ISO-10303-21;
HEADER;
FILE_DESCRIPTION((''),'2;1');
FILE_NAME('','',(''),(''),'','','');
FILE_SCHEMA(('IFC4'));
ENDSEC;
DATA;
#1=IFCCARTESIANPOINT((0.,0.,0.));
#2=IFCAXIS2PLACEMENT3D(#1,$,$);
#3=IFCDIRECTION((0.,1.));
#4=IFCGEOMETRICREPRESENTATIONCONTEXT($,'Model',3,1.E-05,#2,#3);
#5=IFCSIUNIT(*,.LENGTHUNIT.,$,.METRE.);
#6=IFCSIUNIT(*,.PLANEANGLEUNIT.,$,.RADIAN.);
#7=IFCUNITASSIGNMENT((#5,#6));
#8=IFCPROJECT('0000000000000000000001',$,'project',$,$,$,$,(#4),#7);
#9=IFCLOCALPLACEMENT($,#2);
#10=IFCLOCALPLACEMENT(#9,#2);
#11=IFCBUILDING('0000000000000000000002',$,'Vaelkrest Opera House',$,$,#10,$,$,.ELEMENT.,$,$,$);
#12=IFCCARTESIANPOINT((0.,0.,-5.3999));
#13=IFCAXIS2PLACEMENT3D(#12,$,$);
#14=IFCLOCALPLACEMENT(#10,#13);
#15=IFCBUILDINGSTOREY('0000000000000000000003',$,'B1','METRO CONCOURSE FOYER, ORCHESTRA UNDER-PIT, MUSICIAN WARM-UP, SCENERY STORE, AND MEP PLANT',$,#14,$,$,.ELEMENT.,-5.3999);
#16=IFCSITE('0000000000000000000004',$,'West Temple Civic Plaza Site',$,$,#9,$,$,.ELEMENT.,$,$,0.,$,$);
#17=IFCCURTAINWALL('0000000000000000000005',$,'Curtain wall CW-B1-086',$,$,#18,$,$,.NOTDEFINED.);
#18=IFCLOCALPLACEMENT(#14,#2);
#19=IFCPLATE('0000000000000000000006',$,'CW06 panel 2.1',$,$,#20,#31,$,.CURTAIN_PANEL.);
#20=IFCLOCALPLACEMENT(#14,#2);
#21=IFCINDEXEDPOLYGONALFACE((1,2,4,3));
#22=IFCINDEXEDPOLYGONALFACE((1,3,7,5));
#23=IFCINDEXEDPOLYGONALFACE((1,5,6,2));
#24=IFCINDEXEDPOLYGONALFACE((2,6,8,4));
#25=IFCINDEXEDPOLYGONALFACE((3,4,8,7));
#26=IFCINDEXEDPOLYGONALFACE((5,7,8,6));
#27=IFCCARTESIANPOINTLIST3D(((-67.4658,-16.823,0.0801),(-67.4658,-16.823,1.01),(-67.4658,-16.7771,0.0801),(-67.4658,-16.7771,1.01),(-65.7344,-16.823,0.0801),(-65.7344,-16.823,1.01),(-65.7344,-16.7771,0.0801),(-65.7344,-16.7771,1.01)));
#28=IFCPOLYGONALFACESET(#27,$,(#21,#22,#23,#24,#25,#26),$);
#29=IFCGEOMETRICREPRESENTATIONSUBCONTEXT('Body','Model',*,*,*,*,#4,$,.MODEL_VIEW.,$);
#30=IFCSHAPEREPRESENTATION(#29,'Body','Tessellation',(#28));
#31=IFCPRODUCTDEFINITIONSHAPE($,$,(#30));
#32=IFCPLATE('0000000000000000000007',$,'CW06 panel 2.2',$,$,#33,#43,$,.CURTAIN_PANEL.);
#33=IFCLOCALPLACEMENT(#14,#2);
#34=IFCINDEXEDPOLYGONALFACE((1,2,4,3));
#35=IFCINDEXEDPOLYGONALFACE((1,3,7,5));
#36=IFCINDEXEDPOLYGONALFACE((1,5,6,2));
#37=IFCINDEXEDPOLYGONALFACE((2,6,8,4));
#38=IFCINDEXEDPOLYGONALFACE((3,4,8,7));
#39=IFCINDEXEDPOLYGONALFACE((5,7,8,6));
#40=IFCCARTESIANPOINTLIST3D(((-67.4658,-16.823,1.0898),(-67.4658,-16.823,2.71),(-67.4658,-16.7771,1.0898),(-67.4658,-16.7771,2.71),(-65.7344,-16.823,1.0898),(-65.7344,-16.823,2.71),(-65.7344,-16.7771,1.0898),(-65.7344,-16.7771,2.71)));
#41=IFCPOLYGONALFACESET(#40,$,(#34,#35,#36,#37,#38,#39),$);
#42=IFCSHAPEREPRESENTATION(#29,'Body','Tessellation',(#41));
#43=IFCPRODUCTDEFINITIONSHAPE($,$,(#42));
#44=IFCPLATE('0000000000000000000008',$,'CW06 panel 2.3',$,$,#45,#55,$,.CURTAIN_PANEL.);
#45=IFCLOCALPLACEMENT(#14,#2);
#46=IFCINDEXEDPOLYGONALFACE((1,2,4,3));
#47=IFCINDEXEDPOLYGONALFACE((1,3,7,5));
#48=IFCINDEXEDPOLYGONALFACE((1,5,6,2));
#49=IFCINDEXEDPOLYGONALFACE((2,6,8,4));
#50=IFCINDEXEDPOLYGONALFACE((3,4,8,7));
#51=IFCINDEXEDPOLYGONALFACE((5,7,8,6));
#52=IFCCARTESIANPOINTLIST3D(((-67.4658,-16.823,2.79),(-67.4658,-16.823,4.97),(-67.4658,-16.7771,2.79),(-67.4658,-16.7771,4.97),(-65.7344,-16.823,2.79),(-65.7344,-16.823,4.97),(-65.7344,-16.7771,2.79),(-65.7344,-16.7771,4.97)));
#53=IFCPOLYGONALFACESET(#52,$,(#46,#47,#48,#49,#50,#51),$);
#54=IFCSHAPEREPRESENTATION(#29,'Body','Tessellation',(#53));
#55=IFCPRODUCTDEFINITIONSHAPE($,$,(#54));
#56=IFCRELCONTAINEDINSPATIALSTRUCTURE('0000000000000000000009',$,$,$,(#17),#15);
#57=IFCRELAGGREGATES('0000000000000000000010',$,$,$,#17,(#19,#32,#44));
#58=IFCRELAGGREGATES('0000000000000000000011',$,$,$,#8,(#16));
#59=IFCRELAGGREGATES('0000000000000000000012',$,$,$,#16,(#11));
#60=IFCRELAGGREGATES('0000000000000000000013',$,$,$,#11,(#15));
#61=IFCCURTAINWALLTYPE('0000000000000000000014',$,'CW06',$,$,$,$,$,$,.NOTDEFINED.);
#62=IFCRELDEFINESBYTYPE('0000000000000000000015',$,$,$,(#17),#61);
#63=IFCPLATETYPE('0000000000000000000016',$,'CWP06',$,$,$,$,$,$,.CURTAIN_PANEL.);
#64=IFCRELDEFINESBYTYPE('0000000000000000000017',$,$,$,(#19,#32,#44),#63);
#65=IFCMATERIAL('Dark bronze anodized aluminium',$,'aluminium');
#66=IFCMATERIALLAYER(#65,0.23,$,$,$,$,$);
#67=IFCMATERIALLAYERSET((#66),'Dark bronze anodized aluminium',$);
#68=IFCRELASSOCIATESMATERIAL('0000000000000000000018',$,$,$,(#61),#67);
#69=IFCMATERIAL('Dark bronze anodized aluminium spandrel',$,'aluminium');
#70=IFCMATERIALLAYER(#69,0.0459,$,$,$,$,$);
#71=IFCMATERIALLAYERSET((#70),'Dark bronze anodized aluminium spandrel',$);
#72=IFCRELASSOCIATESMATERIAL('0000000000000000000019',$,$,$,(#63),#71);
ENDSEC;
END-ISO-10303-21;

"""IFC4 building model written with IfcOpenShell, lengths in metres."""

from ifc_helpers import new_model, si_unit, direction, frame, origin, origin_2d, place, context, subcontext, project, spatial, rectangle, extrude, material, layer, layer_set, type_object, element, aggregate, save


model = new_model("IFC4")

# Units and contexts
model_context = context("Model", 3, precision=1e-05, world=origin(), true_north=direction((0.0, 1.0)))
body_context = subcontext(model_context, "Body", "Model", "MODEL_VIEW")
ifc_project = project(units=[si_unit("LENGTHUNIT", "METRE"), si_unit("PLANEANGLEUNIT", "RADIAN")], contexts=[model_context])

# Site, building, storey
site_placement = place(None, origin())
site = spatial("IfcSite", under=ifc_project, at=site_placement, Name="West Temple Civic Plaza Site", CompositionType="ELEMENT", RefElevation=0.0)
building_placement = place(site_placement, origin())
building = spatial("IfcBuilding", under=site, at=building_placement, Name="Vaelkrest Opera House", CompositionType="ELEMENT")
storey_placement = place(building_placement, frame((0.0, 0.0, -5.3999)))
storey = spatial("IfcBuildingStorey", under=building, at=storey_placement, Name="B1", Description="METRO CONCOURSE FOYER, ORCHESTRA UNDER-PIT, MUSICIAN WARM-UP, SCENERY STORE, AND MEP PLANT", CompositionType="ELEMENT", Elevation=-5.3999)

# Shared definitions
ifc_material_1 = material(Name="Dark bronze anodized aluminium", Category="aluminium")

# Curtain wall
ifc_layer_1 = layer(ifc_material_1, 0.23)
ifc_layer_set_1 = layer_set([ifc_layer_1], Name="Dark bronze anodized aluminium")
curtain_wall_type_1 = type_object("IfcCurtainWallType", Name="CW06", PredefinedType="NOTDEFINED", material=ifc_layer_set_1)
curtain_wall_1_placement = place(storey_placement, origin())
curtain_wall_1 = element("IfcCurtainWall", 1, at=curtain_wall_1_placement, inside=storey, type_object=curtain_wall_type_1, Name="Curtain wall CW-B1-086", PredefinedType="NOTDEFINED")

# Plates
ifc_material_2 = material(Name="Dark bronze anodized aluminium spandrel", Category="aluminium")
ifc_layer_2 = layer(ifc_material_2, 0.0459)
ifc_layer_set_2 = layer_set([ifc_layer_2], Name="Dark bronze anodized aluminium spandrel")
plate_type_1 = type_object("IfcPlateType", Name="CWP06", PredefinedType="CURTAIN_PANEL", material=ifc_layer_set_2)
plate_1_placement = place(storey_placement, frame((-66.6001, -16.8, 0.0801), z_axis=(0.0, 0.0, 1.0), x_axis=(-1.0, 0.0, 0.0)))
plate_1 = element("IfcPlate", 2, at=plate_1_placement, type_object=plate_type_1, Name="CW06 panel 2.1", PredefinedType="CURTAIN_PANEL", context=body_context, shape_type="SweptSolid", body=[
    extrude(rectangle(XDim=1.7314, YDim=0.0459, at=origin_2d()), origin(), (0.0, 0.0, 1.0), 0.9299),
])
plate_2_placement = place(storey_placement, frame((-66.6001, -16.8, 1.0898), z_axis=(0.0, 0.0, 1.0), x_axis=(-1.0, 0.0, 0.0)))
plate_2 = element("IfcPlate", 3, at=plate_2_placement, type_object=plate_type_1, Name="CW06 panel 2.2", PredefinedType="CURTAIN_PANEL", context=body_context, shape_type="SweptSolid", body=[
    extrude(rectangle(XDim=1.7314, YDim=0.0459, at=origin_2d()), origin(), (0.0, 0.0, 1.0), 1.6201),
])
plate_3_placement = place(storey_placement, frame((-66.6001, -16.8, 2.79), z_axis=(0.0, 0.0, 1.0), x_axis=(-1.0, 0.0, 0.0)))
plate_3 = element("IfcPlate", 4, at=plate_3_placement, type_object=plate_type_1, Name="CW06 panel 2.3", PredefinedType="CURTAIN_PANEL", context=body_context, shape_type="SweptSolid", body=[
    extrude(rectangle(XDim=1.7314, YDim=0.0459, at=origin_2d()), origin(), (0.0, 0.0, 1.0), 2.1799),
])
aggregate(curtain_wall_1, [plate_1, plate_2, plate_3])

save(model, "model.ifc")
